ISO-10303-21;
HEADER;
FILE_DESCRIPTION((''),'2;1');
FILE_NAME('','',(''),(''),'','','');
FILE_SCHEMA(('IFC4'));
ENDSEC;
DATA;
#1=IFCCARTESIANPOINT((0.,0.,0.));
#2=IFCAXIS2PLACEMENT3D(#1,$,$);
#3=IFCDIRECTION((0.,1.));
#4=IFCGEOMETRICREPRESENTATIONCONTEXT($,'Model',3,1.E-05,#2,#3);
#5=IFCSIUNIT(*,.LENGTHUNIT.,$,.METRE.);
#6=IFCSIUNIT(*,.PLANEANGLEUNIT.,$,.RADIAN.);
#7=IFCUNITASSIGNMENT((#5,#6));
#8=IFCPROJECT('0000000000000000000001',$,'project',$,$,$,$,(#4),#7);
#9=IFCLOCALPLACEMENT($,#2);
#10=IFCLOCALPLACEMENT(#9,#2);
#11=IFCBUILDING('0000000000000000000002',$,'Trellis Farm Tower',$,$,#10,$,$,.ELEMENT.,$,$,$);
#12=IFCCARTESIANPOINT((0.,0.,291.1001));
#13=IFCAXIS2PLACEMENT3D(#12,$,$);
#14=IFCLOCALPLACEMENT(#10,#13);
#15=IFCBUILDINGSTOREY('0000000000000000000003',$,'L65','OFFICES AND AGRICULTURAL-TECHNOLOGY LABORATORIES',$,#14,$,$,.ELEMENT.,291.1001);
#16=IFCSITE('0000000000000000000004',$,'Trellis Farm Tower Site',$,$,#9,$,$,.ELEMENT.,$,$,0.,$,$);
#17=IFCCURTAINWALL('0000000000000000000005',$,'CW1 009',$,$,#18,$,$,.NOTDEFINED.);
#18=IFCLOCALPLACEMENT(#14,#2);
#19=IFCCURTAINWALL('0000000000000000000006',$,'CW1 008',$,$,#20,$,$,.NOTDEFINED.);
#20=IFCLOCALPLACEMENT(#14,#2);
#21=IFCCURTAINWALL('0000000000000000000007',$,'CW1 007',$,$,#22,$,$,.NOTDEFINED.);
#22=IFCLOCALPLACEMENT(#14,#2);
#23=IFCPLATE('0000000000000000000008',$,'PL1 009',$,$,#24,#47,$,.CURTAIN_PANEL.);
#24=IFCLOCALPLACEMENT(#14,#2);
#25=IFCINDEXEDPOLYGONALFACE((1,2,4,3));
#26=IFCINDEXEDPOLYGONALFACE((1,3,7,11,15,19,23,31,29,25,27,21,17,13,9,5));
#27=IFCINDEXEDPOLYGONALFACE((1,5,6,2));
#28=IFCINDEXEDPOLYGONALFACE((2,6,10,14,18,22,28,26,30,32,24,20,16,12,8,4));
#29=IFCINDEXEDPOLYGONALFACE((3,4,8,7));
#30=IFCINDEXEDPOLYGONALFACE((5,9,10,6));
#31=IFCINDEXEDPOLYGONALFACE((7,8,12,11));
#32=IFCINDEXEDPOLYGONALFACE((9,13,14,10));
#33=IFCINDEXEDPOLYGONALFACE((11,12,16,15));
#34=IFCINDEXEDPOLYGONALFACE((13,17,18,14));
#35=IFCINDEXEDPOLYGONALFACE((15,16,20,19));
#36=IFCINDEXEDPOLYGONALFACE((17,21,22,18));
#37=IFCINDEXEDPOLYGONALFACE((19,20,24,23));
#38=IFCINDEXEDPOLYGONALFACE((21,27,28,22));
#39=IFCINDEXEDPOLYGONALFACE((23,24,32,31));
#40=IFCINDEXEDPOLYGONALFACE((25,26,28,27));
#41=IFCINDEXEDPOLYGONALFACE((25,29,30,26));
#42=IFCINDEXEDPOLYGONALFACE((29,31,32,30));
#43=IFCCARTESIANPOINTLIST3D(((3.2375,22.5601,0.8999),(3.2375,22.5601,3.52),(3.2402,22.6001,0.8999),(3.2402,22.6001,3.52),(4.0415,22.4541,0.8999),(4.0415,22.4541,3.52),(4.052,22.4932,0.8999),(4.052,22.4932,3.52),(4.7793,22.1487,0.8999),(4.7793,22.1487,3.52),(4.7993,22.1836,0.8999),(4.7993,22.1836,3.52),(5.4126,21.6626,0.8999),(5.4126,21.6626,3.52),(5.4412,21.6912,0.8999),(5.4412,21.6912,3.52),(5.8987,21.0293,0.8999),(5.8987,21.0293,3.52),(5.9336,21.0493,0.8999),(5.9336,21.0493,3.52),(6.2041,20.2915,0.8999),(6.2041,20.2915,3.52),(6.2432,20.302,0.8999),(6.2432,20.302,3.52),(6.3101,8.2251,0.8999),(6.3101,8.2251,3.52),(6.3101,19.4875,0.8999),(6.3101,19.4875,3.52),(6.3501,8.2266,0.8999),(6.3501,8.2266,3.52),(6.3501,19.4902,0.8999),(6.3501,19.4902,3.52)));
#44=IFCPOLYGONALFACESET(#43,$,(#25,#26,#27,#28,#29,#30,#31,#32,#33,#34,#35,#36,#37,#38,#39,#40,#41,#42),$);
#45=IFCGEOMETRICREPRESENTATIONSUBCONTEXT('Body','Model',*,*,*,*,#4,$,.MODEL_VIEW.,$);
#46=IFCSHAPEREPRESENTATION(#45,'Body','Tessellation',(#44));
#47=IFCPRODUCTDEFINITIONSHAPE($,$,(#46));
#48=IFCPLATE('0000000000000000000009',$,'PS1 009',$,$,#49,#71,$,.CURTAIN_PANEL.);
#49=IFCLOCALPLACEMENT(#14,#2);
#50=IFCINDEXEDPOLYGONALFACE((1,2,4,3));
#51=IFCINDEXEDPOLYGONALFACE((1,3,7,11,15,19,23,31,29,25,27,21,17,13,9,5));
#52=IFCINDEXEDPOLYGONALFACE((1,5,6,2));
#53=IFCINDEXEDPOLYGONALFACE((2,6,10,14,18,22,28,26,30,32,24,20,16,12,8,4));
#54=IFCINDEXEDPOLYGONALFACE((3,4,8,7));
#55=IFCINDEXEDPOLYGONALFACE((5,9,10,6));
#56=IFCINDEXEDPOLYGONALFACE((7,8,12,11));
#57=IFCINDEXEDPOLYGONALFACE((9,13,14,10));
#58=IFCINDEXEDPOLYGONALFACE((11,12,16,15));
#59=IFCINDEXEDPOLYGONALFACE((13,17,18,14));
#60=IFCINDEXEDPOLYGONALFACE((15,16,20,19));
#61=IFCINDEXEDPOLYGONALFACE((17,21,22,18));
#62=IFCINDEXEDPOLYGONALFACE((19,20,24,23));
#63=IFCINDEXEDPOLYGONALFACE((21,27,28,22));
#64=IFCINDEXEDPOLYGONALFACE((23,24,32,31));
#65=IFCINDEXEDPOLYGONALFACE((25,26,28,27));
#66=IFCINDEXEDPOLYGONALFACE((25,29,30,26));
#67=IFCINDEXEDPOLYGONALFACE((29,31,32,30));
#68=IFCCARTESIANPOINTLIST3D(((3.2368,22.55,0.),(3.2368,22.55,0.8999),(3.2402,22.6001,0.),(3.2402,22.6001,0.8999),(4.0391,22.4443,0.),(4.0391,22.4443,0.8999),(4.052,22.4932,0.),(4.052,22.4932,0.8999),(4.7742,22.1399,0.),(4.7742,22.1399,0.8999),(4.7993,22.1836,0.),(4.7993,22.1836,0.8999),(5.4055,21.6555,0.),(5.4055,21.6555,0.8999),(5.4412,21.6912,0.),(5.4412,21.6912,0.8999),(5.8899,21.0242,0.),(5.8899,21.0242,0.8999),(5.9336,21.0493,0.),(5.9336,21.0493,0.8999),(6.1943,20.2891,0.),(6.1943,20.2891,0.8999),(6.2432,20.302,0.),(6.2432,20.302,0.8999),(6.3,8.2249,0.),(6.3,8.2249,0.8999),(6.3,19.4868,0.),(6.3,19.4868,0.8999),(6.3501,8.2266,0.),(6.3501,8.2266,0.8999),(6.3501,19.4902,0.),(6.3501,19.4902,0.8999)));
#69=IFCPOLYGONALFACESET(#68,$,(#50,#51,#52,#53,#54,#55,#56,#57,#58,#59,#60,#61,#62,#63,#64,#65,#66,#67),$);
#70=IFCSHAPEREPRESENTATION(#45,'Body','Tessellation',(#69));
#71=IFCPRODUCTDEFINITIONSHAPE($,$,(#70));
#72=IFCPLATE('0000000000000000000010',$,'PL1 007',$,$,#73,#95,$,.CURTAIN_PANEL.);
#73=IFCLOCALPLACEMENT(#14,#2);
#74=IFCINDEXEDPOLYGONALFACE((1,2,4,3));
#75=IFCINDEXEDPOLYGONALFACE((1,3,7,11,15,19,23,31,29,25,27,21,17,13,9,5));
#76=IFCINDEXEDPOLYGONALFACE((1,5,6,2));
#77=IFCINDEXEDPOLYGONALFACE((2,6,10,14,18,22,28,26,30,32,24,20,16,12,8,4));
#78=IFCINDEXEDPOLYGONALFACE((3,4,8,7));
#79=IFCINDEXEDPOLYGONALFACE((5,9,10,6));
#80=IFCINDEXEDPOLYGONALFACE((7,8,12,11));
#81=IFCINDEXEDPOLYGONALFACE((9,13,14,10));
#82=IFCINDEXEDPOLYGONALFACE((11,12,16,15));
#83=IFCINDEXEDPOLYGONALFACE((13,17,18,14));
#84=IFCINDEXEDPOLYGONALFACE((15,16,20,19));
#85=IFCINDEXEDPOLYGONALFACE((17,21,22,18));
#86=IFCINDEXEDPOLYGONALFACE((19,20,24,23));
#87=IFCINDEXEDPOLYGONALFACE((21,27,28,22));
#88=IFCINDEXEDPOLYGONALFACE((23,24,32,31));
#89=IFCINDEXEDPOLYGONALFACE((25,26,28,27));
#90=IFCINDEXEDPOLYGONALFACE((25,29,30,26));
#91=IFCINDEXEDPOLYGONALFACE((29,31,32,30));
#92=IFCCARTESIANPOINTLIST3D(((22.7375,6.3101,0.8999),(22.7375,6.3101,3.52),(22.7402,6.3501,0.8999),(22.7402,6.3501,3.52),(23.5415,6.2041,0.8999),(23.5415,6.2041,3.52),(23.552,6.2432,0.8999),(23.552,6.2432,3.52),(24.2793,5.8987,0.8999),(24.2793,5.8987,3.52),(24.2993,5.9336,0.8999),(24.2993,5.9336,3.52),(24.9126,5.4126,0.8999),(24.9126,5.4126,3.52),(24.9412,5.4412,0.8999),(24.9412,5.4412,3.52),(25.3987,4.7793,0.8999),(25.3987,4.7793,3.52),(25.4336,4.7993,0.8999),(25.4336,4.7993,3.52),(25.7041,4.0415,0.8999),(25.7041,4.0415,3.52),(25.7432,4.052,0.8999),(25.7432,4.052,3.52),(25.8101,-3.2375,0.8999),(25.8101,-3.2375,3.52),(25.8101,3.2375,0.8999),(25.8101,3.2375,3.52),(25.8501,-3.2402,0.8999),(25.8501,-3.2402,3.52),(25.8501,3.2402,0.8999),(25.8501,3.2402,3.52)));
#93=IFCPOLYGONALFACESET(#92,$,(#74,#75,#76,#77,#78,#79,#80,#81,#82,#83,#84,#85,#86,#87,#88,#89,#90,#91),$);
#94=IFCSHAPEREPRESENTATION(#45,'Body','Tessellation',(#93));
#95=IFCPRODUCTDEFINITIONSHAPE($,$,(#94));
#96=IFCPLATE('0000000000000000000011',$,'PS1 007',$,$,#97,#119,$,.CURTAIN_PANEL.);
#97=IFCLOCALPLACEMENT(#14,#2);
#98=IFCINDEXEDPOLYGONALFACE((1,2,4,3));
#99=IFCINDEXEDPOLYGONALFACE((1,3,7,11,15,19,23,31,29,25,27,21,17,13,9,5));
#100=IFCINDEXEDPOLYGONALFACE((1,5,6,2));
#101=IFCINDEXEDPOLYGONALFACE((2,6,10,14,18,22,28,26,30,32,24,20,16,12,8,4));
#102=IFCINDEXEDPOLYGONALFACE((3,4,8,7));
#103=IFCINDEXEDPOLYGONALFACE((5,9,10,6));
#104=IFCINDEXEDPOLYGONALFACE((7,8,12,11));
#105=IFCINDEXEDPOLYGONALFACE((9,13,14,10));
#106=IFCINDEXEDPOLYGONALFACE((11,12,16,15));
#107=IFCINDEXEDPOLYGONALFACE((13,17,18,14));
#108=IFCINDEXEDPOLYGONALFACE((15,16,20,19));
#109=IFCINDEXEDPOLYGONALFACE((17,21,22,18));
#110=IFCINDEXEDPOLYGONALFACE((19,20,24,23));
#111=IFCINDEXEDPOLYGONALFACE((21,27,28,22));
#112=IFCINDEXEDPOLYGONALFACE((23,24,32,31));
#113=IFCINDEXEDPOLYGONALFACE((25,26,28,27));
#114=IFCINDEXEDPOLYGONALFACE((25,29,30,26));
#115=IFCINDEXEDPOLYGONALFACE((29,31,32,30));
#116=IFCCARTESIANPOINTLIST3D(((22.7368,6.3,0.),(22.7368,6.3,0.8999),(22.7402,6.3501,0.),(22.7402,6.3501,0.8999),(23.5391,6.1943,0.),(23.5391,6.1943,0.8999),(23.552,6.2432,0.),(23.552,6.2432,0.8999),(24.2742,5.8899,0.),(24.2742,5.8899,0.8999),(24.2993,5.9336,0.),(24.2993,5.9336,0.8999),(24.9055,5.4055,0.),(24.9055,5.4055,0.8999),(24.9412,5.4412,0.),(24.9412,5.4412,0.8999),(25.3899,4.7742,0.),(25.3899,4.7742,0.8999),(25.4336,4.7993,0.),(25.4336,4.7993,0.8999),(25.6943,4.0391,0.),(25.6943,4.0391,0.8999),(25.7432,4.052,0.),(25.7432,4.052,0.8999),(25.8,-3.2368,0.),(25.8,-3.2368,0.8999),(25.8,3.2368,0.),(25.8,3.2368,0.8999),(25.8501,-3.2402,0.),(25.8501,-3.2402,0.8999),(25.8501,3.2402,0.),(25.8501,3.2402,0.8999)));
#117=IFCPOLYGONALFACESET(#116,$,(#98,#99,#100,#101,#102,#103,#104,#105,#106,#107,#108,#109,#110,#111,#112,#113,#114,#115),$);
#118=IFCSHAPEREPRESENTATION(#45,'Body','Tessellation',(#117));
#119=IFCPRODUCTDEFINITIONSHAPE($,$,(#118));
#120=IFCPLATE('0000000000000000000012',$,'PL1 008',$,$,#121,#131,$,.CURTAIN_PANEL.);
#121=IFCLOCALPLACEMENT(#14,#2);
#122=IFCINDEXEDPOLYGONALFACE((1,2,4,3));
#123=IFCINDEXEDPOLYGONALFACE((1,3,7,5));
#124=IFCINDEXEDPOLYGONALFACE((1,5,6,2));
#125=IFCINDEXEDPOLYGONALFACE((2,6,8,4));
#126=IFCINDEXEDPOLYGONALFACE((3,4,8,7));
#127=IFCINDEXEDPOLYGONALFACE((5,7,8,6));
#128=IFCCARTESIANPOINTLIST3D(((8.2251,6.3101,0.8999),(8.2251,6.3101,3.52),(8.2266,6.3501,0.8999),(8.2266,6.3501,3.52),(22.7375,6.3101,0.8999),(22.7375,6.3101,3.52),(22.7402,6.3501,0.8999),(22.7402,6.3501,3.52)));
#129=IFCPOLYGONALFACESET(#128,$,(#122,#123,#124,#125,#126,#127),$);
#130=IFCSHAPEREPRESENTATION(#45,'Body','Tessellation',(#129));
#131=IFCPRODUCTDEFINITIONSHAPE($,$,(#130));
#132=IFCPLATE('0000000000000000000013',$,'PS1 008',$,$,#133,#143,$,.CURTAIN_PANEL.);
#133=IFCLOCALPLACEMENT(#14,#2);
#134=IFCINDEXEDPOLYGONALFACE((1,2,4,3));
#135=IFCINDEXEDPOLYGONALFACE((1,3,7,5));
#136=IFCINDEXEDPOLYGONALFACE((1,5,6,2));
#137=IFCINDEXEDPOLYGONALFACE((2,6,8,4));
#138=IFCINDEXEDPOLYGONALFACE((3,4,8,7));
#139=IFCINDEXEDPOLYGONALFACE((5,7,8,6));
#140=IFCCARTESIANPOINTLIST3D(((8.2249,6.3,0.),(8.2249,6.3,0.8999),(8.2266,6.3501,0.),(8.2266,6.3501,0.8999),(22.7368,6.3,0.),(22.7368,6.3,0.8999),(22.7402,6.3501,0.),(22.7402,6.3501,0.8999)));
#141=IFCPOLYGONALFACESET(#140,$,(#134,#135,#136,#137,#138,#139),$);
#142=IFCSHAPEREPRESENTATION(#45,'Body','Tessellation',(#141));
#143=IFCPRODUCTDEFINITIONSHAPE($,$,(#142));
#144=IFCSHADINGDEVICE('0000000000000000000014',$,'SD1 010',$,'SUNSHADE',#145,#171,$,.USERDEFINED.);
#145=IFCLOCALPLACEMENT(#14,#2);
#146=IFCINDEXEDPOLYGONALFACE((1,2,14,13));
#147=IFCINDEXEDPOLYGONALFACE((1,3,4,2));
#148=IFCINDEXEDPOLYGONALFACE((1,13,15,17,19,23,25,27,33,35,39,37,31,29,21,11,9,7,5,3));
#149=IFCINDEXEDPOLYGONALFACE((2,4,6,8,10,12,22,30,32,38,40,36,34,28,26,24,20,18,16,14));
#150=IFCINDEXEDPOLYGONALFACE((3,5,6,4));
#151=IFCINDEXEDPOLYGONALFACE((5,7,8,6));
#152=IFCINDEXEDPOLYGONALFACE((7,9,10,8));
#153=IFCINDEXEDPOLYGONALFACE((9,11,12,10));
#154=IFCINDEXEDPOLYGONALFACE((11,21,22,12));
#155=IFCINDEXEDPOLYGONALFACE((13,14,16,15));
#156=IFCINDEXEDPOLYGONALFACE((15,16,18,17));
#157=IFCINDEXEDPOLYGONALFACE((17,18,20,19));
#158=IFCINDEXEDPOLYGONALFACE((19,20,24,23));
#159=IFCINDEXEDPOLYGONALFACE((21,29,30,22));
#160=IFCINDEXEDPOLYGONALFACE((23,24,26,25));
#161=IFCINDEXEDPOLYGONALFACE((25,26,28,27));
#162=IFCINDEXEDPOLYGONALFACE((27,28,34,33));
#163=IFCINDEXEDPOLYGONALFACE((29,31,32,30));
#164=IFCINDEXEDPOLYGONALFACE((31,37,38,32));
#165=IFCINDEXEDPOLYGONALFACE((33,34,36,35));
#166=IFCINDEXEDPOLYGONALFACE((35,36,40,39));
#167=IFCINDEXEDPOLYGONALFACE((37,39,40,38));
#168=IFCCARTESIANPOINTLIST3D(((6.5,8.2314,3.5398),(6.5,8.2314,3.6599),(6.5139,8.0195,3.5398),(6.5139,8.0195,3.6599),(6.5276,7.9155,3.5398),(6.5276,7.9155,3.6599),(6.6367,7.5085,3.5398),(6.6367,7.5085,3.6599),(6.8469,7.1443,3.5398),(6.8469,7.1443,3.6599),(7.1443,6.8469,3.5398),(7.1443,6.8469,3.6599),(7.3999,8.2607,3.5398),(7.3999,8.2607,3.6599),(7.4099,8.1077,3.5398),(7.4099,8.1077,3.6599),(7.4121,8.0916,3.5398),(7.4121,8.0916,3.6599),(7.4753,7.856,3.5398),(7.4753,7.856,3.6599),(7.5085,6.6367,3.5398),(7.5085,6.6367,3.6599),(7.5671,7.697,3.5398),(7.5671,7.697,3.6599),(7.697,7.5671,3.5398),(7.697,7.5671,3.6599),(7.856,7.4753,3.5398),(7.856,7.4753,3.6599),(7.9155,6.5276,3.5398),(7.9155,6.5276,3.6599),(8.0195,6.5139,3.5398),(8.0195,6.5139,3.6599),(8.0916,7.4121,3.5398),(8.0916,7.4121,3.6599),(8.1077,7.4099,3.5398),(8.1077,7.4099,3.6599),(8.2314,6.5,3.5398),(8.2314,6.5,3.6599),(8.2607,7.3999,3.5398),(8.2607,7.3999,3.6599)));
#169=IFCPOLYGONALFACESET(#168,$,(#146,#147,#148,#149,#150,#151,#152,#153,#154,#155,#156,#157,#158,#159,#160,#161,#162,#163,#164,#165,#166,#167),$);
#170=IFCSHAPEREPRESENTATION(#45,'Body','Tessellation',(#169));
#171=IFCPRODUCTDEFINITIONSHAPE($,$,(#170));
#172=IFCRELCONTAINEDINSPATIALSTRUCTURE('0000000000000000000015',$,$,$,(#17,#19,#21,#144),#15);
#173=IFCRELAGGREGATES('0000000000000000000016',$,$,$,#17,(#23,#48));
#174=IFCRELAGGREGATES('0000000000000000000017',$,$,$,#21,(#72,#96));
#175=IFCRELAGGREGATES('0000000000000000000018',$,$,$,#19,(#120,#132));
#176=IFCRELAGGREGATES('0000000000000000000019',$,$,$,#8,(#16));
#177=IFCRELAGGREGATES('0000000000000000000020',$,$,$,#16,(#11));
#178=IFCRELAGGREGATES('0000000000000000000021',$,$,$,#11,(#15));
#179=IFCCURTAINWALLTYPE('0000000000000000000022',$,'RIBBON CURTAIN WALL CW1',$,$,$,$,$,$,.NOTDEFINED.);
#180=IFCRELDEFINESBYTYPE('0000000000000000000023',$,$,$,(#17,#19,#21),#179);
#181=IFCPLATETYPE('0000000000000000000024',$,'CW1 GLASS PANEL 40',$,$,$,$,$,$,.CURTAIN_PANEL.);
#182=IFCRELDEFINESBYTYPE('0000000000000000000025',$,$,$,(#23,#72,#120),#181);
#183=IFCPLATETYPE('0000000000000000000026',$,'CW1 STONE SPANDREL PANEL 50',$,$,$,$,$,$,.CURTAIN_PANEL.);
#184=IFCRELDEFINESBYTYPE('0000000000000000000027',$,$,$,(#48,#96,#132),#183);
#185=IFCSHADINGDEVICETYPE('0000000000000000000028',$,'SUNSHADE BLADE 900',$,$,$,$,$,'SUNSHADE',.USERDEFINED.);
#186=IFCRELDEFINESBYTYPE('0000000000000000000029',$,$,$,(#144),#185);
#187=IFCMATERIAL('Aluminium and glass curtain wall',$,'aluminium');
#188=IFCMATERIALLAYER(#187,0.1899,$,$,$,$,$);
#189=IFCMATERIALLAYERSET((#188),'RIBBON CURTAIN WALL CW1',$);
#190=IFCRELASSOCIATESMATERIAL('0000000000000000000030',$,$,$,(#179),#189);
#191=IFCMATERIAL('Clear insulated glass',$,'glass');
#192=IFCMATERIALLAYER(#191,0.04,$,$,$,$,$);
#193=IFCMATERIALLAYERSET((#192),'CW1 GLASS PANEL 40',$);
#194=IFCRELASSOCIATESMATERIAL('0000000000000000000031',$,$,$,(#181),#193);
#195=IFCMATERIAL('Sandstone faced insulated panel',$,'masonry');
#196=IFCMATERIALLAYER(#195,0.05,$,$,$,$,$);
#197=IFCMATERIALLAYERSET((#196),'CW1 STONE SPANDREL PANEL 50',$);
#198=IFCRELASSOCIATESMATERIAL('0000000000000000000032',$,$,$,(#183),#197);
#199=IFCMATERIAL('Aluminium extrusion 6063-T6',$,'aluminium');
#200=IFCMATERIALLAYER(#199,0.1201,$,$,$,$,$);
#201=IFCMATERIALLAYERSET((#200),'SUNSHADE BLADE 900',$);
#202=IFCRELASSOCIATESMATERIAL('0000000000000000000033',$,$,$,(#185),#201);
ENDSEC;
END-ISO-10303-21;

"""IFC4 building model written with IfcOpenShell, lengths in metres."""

from ifc_helpers import new_model, si_unit, direction, frame, origin, place, context, subcontext, project, spatial, polyline, outline, extrude, source, transform, mapped, material, layer, layer_set, type_object, element, aggregate, save


model = new_model("IFC4")

# Units and contexts
model_context = context("Model", 3, precision=1e-05, world=origin(), true_north=direction((0.0, 1.0)))
body_context = subcontext(model_context, "Body", "Model", "MODEL_VIEW")
ifc_project = project(units=[si_unit("LENGTHUNIT", "METRE"), si_unit("PLANEANGLEUNIT", "RADIAN")], contexts=[model_context])

# Site, building, storey
site_placement = place(None, origin())
site = spatial("IfcSite", under=ifc_project, at=site_placement, Name="Trellis Farm Tower Site", CompositionType="ELEMENT", RefElevation=0.0)
building_placement = place(site_placement, origin())
building = spatial("IfcBuilding", under=site, at=building_placement, Name="Trellis Farm Tower", CompositionType="ELEMENT")
storey_placement = place(building_placement, frame((0.0, 0.0, 291.1001)))
storey = spatial("IfcBuildingStorey", under=building, at=storey_placement, Name="L65", Description="OFFICES AND AGRICULTURAL-TECHNOLOGY LABORATORIES", CompositionType="ELEMENT", Elevation=291.1001)

# Curtain walls
ifc_material_1 = material(Name="Aluminium and glass curtain wall", Category="aluminium")
placement_1 = place(storey_placement, origin())
ifc_material_2 = material(Name="Aluminium extrusion 6063-T6", Category="aluminium")
ifc_layer_1 = layer(ifc_material_1, 0.1899)
ifc_layer_set_1 = layer_set([ifc_layer_1], Name="RIBBON CURTAIN WALL CW1")
curtain_wall_type_1 = type_object("IfcCurtainWallType", Name="RIBBON CURTAIN WALL CW1", PredefinedType="NOTDEFINED", material=ifc_layer_set_1)
curtain_wall_1 = element("IfcCurtainWall", 1, at=placement_1, inside=storey, type_object=curtain_wall_type_1, Name="CW1 009", PredefinedType="NOTDEFINED")
curtain_wall_2 = element("IfcCurtainWall", 2, at=placement_1, inside=storey, type_object=curtain_wall_type_1, Name="CW1 008", PredefinedType="NOTDEFINED")
curtain_wall_3 = element("IfcCurtainWall", 3, at=placement_1, inside=storey, type_object=curtain_wall_type_1, Name="CW1 007", PredefinedType="NOTDEFINED")

# Plates
ifc_material_3 = material(Name="Clear insulated glass", Category="glass")
ifc_layer_2 = layer(ifc_material_3, 0.04)
ifc_layer_set_2 = layer_set([ifc_layer_2], Name="CW1 GLASS PANEL 40")
plate_type_1 = type_object("IfcPlateType", Name="CW1 GLASS PANEL 40", PredefinedType="CURTAIN_PANEL", material=ifc_layer_set_2)
shared_shape_1 = source(origin(), body_context, "Body", "SweptSolid", [
    extrude(outline(polyline([(6.3501, 8.2266), (6.3501, 19.4902), (6.2432, 20.302), (5.9336, 21.0493), (5.4412, 21.6912), (4.7993, 22.1836), (4.052, 22.4932), (3.2402, 22.6001), (3.2375, 22.5601), (4.0415, 22.4541), (4.7793, 22.1487), (5.4126, 21.6626), (5.8987, 21.0293), (6.2041, 20.2915), (6.3101, 19.4875), (6.3101, 8.2251), (6.3501, 8.2266)])), origin(), (0.0, 0.0, 1.0), 2.6201),
])
placement_2 = place(storey_placement, frame((0.0, 0.0, 0.8999)))
plate_1 = element("IfcPlate", 4, at=placement_2, type_object=plate_type_1, Name="PL1 009", PredefinedType="CURTAIN_PANEL", context=body_context, shape_type="MappedRepresentation", body=[
    mapped(shared_shape_1, transform((0.0, 0.0, 0.0))),
])
ifc_material_4 = material(Name="Sandstone faced insulated panel", Category="masonry")
ifc_layer_3 = layer(ifc_material_4, 0.05)
ifc_layer_set_3 = layer_set([ifc_layer_3], Name="CW1 STONE SPANDREL PANEL 50")
plate_type_2 = type_object("IfcPlateType", Name="CW1 STONE SPANDREL PANEL 50", PredefinedType="CURTAIN_PANEL", material=ifc_layer_set_3)
shared_shape_2 = source(origin(), body_context, "Body", "SweptSolid", [
    extrude(outline(polyline([(6.3501, 8.2266), (6.3501, 19.4902), (6.2432, 20.302), (5.9336, 21.0493), (5.4412, 21.6912), (4.7993, 22.1836), (4.052, 22.4932), (3.2402, 22.6001), (3.2368, 22.55), (4.0391, 22.4443), (4.7742, 22.1399), (5.4055, 21.6555), (5.8899, 21.0242), (6.1943, 20.2891), (6.3, 19.4868), (6.3, 8.2249), (6.3501, 8.2266)])), origin(), (0.0, 0.0, 1.0), 0.8999),
])
plate_2 = element("IfcPlate", 5, at=placement_1, type_object=plate_type_2, Name="PS1 009", PredefinedType="CURTAIN_PANEL", context=body_context, shape_type="MappedRepresentation", body=[
    mapped(shared_shape_2, transform((0.0, 0.0, 0.0))),
])
aggregate(curtain_wall_1, [plate_1, plate_2])
shared_shape_3 = source(origin(), body_context, "Body", "SweptSolid", [
    extrude(outline(polyline([(25.8501, -3.2402), (25.8501, 3.2402), (25.7432, 4.052), (25.4336, 4.7993), (24.9412, 5.4412), (24.2993, 5.9336), (23.552, 6.2432), (22.7402, 6.3501), (22.7375, 6.3101), (23.5415, 6.2041), (24.2793, 5.8987), (24.9126, 5.4126), (25.3987, 4.7793), (25.7041, 4.0415), (25.8101, 3.2375), (25.8101, -3.2375), (25.8501, -3.2402)])), origin(), (0.0, 0.0, 1.0), 2.6201),
])
plate_3 = element("IfcPlate", 6, at=placement_2, type_object=plate_type_1, Name="PL1 007", PredefinedType="CURTAIN_PANEL", context=body_context, shape_type="MappedRepresentation", body=[
    mapped(shared_shape_3, transform((0.0, 0.0, 0.0))),
])
shared_shape_4 = source(origin(), body_context, "Body", "SweptSolid", [
    extrude(outline(polyline([(25.8501, -3.2402), (25.8501, 3.2402), (25.7432, 4.052), (25.4336, 4.7993), (24.9412, 5.4412), (24.2993, 5.9336), (23.552, 6.2432), (22.7402, 6.3501), (22.7368, 6.3), (23.5391, 6.1943), (24.2742, 5.8899), (24.9055, 5.4055), (25.3899, 4.7742), (25.6943, 4.0391), (25.8, 3.2368), (25.8, -3.2368), (25.8501, -3.2402)])), origin(), (0.0, 0.0, 1.0), 0.8999),
])
plate_4 = element("IfcPlate", 7, at=placement_1, type_object=plate_type_2, Name="PS1 007", PredefinedType="CURTAIN_PANEL", context=body_context, shape_type="MappedRepresentation", body=[
    mapped(shared_shape_4, transform((0.0, 0.0, 0.0))),
])
aggregate(curtain_wall_3, [plate_3, plate_4])
shared_shape_5 = source(origin(), body_context, "Body", "SweptSolid", [
    extrude(outline(polyline([(22.7402, 6.3501), (8.2266, 6.3501), (8.2251, 6.3101), (22.7375, 6.3101), (22.7402, 6.3501)])), origin(), (0.0, 0.0, 1.0), 2.6201),
])
plate_5 = element("IfcPlate", 8, at=placement_2, type_object=plate_type_1, Name="PL1 008", PredefinedType="CURTAIN_PANEL", context=body_context, shape_type="MappedRepresentation", body=[
    mapped(shared_shape_5, transform((0.0, 0.0, 0.0))),
])
shared_shape_6 = source(origin(), body_context, "Body", "SweptSolid", [
    extrude(outline(polyline([(22.7402, 6.3501), (8.2266, 6.3501), (8.2249, 6.3), (22.7368, 6.3), (22.7402, 6.3501)])), origin(), (0.0, 0.0, 1.0), 0.8999),
])
plate_6 = element("IfcPlate", 9, at=placement_1, type_object=plate_type_2, Name="PS1 008", PredefinedType="CURTAIN_PANEL", context=body_context, shape_type="MappedRepresentation", body=[
    mapped(shared_shape_6, transform((0.0, 0.0, 0.0))),
])
aggregate(curtain_wall_2, [plate_5, plate_6])

# Shading device
ifc_layer_4 = layer(ifc_material_2, 0.1201)
ifc_layer_set_4 = layer_set([ifc_layer_4], Name="SUNSHADE BLADE 900")
shading_device_type_1 = type_object("IfcShadingDeviceType", Name="SUNSHADE BLADE 900", ElementType="SUNSHADE", PredefinedType="USERDEFINED", material=ifc_layer_set_4)
shared_shape_7 = source(origin(), body_context, "Body", "SweptSolid", [
    extrude(outline(polyline([(8.2607, 7.3999), (8.1077, 7.4099), (8.0916, 7.4121), (7.856, 7.4753), (7.697, 7.5671), (7.5671, 7.697), (7.4753, 7.856), (7.4121, 8.0916), (7.4099, 8.1077), (7.3999, 8.2607), (6.5, 8.2314), (6.5139, 8.0195), (6.5276, 7.9155), (6.6367, 7.5085), (6.8469, 7.1443), (7.1443, 6.8469), (7.5085, 6.6367), (7.9155, 6.5276), (8.0195, 6.5139), (8.2314, 6.5), (8.2607, 7.3999)])), origin(), (0.0, 0.0, 1.0), 0.1201),
])
placement_3 = place(storey_placement, frame((0.0, 0.0, 3.5398)))
element("IfcShadingDevice", 10, at=placement_3, inside=storey, type_object=shading_device_type_1, Name="SD1 010", ObjectType="SUNSHADE", PredefinedType="USERDEFINED", context=body_context, shape_type="MappedRepresentation", body=[
    mapped(shared_shape_7, transform((0.0, 0.0, 0.0))),
])

save(model, "model.ifc")
